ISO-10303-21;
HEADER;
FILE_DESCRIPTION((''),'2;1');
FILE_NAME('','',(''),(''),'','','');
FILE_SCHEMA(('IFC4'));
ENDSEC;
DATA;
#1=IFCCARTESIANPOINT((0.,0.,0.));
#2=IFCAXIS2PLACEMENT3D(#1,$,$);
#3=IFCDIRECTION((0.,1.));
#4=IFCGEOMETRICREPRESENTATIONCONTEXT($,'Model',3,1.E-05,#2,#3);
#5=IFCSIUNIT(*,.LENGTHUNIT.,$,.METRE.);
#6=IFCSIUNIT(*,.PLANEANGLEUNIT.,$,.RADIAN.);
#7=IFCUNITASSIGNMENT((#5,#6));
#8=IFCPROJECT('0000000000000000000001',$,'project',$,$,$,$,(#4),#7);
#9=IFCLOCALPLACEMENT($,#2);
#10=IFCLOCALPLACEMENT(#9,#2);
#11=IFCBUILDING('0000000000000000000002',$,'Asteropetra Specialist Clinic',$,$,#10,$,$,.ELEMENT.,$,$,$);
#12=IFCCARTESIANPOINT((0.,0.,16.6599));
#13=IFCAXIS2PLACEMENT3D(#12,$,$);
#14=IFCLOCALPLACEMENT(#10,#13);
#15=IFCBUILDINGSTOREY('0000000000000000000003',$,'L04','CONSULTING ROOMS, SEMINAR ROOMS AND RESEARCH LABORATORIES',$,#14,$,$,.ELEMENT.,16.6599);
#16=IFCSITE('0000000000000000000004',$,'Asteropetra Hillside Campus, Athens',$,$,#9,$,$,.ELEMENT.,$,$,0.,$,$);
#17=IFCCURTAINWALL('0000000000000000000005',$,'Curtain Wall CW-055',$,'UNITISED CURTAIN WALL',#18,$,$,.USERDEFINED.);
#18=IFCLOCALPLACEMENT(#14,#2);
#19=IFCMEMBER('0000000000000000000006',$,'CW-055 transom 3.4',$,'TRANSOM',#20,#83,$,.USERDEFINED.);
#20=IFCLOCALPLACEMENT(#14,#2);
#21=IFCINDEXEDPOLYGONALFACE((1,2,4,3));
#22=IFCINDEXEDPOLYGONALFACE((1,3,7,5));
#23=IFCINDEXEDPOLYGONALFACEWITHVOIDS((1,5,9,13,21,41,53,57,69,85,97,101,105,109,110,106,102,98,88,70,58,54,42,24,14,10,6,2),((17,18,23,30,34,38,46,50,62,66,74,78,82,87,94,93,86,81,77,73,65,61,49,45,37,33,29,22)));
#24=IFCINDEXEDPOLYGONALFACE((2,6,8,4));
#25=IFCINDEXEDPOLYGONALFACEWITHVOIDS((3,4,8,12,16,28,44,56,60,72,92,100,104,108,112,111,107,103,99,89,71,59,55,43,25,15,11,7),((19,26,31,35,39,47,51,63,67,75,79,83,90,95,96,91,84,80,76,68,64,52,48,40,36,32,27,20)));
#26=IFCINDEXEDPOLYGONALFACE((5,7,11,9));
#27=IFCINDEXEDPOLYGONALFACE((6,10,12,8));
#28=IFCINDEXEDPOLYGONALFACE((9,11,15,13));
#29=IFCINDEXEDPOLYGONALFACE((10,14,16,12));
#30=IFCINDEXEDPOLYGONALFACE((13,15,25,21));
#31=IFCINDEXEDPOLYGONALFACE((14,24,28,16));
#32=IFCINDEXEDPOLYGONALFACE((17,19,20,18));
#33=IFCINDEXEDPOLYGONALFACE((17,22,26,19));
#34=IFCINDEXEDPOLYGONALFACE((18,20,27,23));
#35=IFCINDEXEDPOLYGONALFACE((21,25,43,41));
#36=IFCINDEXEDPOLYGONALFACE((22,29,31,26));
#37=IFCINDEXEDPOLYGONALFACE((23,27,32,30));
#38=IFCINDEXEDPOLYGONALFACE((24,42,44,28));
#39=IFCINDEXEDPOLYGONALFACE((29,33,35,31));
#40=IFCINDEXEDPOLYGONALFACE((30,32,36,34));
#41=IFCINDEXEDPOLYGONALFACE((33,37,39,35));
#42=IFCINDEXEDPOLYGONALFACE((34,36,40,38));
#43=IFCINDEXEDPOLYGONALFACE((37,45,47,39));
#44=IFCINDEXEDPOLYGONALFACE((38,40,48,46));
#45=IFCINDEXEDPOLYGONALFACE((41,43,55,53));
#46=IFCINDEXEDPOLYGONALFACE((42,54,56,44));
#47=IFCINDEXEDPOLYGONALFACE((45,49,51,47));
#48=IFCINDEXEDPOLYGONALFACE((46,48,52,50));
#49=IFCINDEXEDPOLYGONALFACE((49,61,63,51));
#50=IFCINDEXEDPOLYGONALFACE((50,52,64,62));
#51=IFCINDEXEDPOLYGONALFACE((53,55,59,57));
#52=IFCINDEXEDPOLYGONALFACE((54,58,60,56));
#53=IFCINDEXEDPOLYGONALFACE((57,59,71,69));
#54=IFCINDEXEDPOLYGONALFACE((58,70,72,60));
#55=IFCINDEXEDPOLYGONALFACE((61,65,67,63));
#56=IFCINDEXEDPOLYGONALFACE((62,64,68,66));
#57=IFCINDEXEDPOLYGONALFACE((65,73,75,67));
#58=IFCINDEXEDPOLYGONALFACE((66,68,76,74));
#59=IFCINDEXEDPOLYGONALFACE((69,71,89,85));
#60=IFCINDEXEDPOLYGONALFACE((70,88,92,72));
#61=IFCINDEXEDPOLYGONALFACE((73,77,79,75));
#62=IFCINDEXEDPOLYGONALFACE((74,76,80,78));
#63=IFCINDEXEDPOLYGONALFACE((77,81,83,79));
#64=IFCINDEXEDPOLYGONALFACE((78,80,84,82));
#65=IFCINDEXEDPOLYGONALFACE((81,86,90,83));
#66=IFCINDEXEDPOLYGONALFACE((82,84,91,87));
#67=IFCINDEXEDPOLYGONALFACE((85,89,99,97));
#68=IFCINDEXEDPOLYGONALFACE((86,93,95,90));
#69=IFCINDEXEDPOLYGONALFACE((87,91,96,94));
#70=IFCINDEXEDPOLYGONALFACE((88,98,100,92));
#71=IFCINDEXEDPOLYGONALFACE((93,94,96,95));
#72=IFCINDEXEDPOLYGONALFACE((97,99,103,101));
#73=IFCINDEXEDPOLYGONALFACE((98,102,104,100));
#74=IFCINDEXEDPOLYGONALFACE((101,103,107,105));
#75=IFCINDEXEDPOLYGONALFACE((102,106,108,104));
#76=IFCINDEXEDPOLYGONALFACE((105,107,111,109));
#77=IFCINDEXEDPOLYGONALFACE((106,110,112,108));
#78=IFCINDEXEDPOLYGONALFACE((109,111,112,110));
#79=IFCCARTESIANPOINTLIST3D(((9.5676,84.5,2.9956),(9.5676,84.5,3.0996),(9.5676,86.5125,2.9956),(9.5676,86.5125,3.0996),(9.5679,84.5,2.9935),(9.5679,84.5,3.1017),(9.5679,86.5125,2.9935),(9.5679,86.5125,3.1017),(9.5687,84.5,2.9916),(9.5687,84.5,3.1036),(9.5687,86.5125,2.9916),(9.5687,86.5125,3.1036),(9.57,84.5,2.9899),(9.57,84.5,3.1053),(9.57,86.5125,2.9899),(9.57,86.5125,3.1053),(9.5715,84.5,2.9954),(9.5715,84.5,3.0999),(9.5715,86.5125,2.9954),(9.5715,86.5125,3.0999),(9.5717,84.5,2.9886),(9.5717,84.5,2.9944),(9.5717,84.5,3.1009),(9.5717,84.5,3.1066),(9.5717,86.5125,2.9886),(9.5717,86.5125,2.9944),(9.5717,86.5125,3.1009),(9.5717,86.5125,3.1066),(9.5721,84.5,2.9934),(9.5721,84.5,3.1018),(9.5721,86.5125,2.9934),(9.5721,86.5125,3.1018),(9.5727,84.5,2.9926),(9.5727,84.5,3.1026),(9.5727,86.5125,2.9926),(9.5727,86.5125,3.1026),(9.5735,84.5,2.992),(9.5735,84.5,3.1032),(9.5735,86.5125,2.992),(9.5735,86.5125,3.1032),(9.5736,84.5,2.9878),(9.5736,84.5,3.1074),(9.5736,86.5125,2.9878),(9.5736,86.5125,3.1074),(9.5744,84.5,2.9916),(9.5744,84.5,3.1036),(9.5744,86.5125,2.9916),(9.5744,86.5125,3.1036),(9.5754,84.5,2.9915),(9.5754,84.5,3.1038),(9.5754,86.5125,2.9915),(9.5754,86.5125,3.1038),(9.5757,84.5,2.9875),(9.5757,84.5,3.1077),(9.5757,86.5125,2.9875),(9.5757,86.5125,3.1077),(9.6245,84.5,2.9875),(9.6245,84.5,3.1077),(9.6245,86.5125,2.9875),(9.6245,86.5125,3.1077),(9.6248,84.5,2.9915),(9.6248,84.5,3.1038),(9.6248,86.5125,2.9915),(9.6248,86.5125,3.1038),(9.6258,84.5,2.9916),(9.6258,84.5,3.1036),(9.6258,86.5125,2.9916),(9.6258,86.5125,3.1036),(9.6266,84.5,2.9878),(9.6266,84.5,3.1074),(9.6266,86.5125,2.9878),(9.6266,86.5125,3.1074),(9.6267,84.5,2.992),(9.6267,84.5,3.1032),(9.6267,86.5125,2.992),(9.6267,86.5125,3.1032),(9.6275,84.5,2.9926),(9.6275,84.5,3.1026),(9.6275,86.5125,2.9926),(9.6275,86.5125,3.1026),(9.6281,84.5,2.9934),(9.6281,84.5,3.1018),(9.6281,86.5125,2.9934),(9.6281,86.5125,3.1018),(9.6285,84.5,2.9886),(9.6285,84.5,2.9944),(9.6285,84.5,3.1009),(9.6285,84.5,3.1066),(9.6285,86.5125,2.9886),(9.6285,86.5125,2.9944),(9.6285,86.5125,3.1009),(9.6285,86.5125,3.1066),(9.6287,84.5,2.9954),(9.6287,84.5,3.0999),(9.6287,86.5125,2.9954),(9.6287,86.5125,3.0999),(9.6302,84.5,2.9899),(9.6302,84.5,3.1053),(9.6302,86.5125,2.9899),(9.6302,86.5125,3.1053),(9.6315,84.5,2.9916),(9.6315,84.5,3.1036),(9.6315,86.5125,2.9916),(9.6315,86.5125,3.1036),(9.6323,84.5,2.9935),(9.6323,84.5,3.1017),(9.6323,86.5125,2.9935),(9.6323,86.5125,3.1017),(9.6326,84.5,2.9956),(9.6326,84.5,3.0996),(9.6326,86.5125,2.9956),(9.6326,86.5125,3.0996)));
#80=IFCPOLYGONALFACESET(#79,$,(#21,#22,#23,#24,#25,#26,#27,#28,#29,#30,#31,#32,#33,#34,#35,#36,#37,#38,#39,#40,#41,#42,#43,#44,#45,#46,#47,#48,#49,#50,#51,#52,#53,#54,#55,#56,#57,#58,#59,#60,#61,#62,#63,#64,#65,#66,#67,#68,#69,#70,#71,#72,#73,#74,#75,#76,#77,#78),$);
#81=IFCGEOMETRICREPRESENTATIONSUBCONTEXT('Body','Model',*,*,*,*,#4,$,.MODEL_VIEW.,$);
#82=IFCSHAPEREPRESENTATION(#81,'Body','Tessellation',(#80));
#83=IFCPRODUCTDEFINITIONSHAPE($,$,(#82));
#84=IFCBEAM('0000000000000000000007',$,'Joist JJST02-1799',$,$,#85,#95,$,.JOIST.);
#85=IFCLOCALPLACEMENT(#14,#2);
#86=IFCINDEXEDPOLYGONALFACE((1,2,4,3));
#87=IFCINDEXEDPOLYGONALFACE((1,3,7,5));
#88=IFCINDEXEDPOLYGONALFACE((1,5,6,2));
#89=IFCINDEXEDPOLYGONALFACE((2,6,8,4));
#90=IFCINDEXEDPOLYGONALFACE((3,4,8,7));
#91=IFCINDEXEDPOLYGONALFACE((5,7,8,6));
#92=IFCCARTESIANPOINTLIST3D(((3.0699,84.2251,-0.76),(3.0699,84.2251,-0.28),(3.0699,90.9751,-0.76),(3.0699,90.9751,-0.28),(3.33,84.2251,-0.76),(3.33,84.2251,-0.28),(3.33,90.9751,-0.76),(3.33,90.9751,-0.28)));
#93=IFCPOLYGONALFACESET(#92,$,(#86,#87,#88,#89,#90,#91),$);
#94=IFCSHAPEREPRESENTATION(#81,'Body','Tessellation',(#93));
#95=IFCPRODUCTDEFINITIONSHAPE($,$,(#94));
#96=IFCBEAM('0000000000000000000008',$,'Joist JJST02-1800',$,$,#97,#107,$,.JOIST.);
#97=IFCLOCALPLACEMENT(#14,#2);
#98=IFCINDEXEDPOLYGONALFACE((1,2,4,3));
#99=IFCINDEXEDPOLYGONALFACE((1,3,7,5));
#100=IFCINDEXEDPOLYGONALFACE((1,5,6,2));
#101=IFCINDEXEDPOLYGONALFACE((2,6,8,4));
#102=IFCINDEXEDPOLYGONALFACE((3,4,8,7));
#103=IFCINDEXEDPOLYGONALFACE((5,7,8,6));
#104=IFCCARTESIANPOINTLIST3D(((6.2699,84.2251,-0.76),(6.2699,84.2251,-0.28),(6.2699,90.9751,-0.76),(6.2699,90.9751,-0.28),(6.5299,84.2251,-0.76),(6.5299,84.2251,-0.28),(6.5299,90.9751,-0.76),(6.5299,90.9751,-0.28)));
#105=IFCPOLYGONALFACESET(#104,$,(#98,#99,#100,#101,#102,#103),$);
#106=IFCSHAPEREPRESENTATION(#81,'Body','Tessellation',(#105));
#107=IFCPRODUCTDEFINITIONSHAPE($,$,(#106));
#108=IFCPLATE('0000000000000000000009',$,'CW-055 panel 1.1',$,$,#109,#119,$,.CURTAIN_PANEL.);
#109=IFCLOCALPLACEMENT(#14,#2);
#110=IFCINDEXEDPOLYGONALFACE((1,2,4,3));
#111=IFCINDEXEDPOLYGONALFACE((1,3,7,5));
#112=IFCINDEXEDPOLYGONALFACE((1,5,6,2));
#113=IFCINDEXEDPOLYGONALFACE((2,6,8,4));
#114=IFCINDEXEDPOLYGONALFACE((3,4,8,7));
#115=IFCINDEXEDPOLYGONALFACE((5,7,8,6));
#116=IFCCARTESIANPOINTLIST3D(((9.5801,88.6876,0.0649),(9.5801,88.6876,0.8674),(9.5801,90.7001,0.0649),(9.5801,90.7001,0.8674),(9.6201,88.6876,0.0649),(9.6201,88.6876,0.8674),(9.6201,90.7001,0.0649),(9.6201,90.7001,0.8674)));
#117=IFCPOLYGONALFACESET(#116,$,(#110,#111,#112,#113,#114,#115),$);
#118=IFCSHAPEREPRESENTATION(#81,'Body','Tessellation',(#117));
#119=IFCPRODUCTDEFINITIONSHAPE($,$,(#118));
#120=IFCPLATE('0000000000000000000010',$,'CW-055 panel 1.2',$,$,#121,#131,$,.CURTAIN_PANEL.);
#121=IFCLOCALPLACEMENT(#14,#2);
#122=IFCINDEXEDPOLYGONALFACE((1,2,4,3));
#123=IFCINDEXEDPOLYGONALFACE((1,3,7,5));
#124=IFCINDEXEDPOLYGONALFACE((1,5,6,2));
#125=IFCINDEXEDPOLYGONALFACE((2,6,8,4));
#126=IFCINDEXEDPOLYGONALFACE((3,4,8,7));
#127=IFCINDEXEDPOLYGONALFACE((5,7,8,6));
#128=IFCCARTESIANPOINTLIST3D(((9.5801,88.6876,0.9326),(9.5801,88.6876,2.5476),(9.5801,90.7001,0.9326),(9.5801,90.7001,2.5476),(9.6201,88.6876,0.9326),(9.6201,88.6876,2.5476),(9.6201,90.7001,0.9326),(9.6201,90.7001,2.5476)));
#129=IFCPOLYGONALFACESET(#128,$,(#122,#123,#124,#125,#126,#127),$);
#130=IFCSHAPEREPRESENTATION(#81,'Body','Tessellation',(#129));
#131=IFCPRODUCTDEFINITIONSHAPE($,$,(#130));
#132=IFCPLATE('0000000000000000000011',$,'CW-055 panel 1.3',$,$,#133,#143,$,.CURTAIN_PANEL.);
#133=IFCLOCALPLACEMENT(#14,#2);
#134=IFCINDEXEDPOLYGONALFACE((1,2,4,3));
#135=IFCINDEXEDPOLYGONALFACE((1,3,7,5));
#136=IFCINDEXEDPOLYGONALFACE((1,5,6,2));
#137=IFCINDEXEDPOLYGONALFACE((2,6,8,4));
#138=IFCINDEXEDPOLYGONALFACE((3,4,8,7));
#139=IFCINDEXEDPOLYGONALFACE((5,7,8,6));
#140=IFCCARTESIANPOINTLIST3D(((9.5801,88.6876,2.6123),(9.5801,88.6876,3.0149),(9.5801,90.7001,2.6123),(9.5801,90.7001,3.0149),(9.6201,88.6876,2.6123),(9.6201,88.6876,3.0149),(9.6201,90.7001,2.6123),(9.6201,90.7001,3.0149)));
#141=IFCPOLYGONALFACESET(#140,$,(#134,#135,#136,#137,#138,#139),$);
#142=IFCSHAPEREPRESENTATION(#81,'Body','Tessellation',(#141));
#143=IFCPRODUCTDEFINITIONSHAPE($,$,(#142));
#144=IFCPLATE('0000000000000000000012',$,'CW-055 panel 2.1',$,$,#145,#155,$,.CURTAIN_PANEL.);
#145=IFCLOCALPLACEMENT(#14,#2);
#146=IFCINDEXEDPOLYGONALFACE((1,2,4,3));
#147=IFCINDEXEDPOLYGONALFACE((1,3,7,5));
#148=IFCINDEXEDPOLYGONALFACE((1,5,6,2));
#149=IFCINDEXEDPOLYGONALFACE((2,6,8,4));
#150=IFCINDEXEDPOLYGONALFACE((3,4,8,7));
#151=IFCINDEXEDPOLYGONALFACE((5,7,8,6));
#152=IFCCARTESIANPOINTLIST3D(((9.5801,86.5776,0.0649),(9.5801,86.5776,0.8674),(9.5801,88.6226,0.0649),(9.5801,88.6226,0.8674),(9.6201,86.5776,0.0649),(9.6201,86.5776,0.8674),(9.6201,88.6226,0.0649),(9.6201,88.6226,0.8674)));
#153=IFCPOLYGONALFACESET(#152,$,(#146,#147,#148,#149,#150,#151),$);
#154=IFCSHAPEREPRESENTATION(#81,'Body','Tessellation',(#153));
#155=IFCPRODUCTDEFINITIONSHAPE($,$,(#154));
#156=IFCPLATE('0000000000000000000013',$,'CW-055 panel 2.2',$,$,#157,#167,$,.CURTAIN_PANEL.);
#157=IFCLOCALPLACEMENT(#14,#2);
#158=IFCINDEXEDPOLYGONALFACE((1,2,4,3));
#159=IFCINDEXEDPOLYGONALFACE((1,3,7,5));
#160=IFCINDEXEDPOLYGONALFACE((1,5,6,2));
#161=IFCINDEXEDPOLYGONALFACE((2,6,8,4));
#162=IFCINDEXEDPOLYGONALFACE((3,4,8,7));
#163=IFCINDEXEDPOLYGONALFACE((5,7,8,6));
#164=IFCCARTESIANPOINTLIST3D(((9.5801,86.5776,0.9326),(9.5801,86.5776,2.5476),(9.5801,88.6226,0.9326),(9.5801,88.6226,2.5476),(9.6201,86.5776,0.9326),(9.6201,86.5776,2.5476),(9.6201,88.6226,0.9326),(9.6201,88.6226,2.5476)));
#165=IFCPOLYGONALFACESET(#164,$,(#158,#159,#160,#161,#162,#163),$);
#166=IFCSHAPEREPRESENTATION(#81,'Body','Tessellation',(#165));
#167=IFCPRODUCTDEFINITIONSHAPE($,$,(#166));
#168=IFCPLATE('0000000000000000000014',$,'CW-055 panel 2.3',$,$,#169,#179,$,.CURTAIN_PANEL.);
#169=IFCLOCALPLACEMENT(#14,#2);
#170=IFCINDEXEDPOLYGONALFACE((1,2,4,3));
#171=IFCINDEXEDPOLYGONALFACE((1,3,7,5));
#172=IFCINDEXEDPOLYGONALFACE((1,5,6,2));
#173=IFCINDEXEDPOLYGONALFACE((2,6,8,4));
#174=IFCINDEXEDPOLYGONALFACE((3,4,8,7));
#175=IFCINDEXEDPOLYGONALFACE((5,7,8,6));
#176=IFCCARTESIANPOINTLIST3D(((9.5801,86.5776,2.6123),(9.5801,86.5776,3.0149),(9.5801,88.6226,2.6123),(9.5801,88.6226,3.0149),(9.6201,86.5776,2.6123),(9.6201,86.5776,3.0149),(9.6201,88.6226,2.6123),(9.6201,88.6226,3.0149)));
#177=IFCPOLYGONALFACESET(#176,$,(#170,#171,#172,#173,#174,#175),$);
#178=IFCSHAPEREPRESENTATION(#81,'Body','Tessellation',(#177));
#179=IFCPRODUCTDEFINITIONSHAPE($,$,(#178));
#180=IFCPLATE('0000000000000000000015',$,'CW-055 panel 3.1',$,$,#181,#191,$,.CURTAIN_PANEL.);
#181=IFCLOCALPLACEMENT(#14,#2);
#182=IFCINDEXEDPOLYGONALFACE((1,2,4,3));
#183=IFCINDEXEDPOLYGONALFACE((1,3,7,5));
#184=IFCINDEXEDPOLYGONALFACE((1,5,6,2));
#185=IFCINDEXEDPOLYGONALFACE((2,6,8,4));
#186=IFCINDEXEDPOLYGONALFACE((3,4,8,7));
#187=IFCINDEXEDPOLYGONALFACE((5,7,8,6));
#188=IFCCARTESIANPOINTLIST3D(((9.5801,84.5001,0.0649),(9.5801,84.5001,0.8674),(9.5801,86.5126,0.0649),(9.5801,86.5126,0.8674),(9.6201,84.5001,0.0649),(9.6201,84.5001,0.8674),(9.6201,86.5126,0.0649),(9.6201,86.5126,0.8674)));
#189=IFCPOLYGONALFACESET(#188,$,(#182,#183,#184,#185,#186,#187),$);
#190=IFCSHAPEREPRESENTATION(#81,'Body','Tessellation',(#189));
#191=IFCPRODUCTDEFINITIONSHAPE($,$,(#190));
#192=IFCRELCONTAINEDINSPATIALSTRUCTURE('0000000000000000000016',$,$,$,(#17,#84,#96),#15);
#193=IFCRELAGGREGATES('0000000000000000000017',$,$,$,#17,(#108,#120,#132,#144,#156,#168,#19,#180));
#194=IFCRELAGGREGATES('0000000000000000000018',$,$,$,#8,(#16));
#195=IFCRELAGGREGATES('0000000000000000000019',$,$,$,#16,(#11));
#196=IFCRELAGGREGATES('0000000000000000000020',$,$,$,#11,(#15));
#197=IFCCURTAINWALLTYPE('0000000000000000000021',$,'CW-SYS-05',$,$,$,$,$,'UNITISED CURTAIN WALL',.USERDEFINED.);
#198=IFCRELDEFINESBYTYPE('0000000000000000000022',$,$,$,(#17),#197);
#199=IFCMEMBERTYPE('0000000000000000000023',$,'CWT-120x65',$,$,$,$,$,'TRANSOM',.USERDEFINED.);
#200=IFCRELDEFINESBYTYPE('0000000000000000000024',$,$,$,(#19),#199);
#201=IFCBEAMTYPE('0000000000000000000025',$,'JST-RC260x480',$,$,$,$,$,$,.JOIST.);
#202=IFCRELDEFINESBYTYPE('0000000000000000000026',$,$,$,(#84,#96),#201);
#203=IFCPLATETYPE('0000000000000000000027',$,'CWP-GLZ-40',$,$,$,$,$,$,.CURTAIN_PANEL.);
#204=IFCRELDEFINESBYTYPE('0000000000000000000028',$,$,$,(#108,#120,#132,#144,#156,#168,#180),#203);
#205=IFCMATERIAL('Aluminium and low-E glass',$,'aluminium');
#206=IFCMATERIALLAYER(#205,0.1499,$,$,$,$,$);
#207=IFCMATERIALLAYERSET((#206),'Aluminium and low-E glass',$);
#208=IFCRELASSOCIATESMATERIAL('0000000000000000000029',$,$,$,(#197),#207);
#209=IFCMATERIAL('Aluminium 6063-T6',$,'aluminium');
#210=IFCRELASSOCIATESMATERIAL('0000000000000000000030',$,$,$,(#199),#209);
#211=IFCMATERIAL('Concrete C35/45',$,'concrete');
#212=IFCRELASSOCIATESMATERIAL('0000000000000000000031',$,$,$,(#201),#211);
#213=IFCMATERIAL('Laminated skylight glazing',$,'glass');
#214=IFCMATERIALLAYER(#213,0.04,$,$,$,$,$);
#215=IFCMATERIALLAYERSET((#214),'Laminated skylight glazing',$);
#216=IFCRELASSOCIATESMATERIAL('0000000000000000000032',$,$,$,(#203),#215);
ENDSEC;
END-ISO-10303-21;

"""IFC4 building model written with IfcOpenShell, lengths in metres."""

from ifc_helpers import new_model, si_unit, direction, frame, origin, origin_2d, place, context, subcontext, project, spatial, rectangle, hollow_rectangle, extrude, material, layer, layer_set, material_profile, profile_set, type_object, element, aggregate, save


model = new_model("IFC4")

# Units and contexts
model_context = context("Model", 3, precision=1e-05, world=origin(), true_north=direction((0.0, 1.0)))
body_context = subcontext(model_context, "Body", "Model", "MODEL_VIEW")
ifc_project = project(units=[si_unit("LENGTHUNIT", "METRE"), si_unit("PLANEANGLEUNIT", "RADIAN")], contexts=[model_context])

# Site, building, storey
site_placement = place(None, origin())
site = spatial("IfcSite", under=ifc_project, at=site_placement, Name="Asteropetra Hillside Campus, Athens", CompositionType="ELEMENT", RefElevation=0.0)
building_placement = place(site_placement, origin())
building = spatial("IfcBuilding", under=site, at=building_placement, Name="Asteropetra Specialist Clinic", CompositionType="ELEMENT")
storey_placement = place(building_placement, frame((0.0, 0.0, 16.6599)))
storey = spatial("IfcBuildingStorey", under=building, at=storey_placement, Name="L04", Description="CONSULTING ROOMS, SEMINAR ROOMS AND RESEARCH LABORATORIES", CompositionType="ELEMENT", Elevation=16.6599)

# Curtain wall
ifc_material_1 = material(Name="Aluminium and low-E glass", Category="aluminium")
ifc_layer_1 = layer(ifc_material_1, 0.1499)
ifc_layer_set_1 = layer_set([ifc_layer_1], Name="Aluminium and low-E glass")
curtain_wall_type_1 = type_object("IfcCurtainWallType", Name="CW-SYS-05", ElementType="UNITISED CURTAIN WALL", PredefinedType="USERDEFINED", material=ifc_layer_set_1)
curtain_wall_1_placement = place(storey_placement, origin())
curtain_wall_1 = element("IfcCurtainWall", 1, at=curtain_wall_1_placement, inside=storey, type_object=curtain_wall_type_1, Name="Curtain Wall CW-055", ObjectType="UNITISED CURTAIN WALL", PredefinedType="USERDEFINED")

# Member
ifc_material_2 = material(Name="Aluminium 6063-T6", Category="aluminium")
ifc_material_profile_1 = material_profile(ifc_material_2, hollow_rectangle(XDim=0.0649, YDim=0.1201, WallThickness=0.0039, InnerFilletRadius=0.0039, OuterFilletRadius=0.0081, at=origin_2d()), Name="TRN 120x65x4.0")
ifc_profile_set_1 = profile_set([ifc_material_profile_1], Name="Aluminium 6063-T6")
member_type_1 = type_object("IfcMemberType", Name="CWT-120x65", ElementType="TRANSOM", PredefinedType="USERDEFINED", material=ifc_profile_set_1)
member_1_placement = place(storey_placement, frame((9.6001, 86.5125, 3.0476), z_axis=(0.0, -1.0, 0.0), x_axis=(1.0, 0.0, 0.0)))
member_1 = element("IfcMember", 2, at=member_1_placement, type_object=member_type_1, Name="CW-055 transom 3.4", ObjectType="TRANSOM", PredefinedType="USERDEFINED", context=body_context, shape_type="SweptSolid", body=[
    extrude(hollow_rectangle(XDim=0.0649, YDim=0.1201, WallThickness=0.0039, InnerFilletRadius=0.0039, OuterFilletRadius=0.0081, at=origin_2d()), origin(), (0.0, 0.0, 1.0), 2.0125),
])

# Beams
ifc_material_3 = material(Name="Concrete C35/45", Category="concrete")
ifc_material_profile_2 = material_profile(ifc_material_3, rectangle(XDim=0.26, YDim=0.48, at=origin_2d()), Name="RCJ 260x480")
ifc_profile_set_2 = profile_set([ifc_material_profile_2], Name="Concrete C35/45")
beam_type = type_object("IfcBeamType", Name="JST-RC260x480", PredefinedType="JOIST", material=ifc_profile_set_2)
for number, where, z_axis, x_axis, name in (
    (3, (3.2, 84.2251, -0.52), (0.0, 1.0, 0.0), (-1.0, 0.0, 0.0), "Joist JJST02-1799"),
    (4, (6.3999, 84.2251, -0.52), (0.0, 1.0, 0.0), (-1.0, 0.0, 0.0), "Joist JJST02-1800"),
):
    element("IfcBeam", number, at=place(storey_placement, frame(where, z_axis=z_axis, x_axis=x_axis)), inside=storey, type_object=beam_type, Name=name, PredefinedType="JOIST", context=body_context, shape_type="SweptSolid", body=[
        extrude(rectangle(XDim=0.26, YDim=0.48, at=origin_2d()), origin(), (0.0, 0.0, 1.0), 6.75),
    ])

# Plates
ifc_material_4 = material(Name="Laminated skylight glazing", Category="glass")
ifc_layer_2 = layer(ifc_material_4, 0.04)
ifc_layer_set_2 = layer_set([ifc_layer_2], Name="Laminated skylight glazing")
plate_type = type_object("IfcPlateType", Name="CWP-GLZ-40", PredefinedType="CURTAIN_PANEL", material=ifc_layer_set_2)
plate_1_placement = place(storey_placement, frame((9.6001, 89.6938, 0.0649), z_axis=(0.0, 0.0, 1.0), x_axis=(0.0, -1.0, 0.0)))
plate_1 = element("IfcPlate", 5, at=plate_1_placement, type_object=plate_type, Name="CW-055 panel 1.1", PredefinedType="CURTAIN_PANEL", context=body_context, shape_type="SweptSolid", body=[
    extrude(rectangle(XDim=2.0125, YDim=0.04, at=origin_2d()), origin(), (0.0, 0.0, 1.0), 0.8025),
])
plate_2_placement = place(storey_placement, frame((9.6001, 89.6938, 0.9326), z_axis=(0.0, 0.0, 1.0), x_axis=(0.0, -1.0, 0.0)))
plate_2 = element("IfcPlate", 6, at=plate_2_placement, type_object=plate_type, Name="CW-055 panel 1.2", PredefinedType="CURTAIN_PANEL", context=body_context, shape_type="SweptSolid", body=[
    extrude(rectangle(XDim=2.0125, YDim=0.04, at=origin_2d()), origin(), (0.0, 0.0, 1.0), 1.615),
])
plate_3_placement = place(storey_placement, frame((9.6001, 89.6938, 2.6123), z_axis=(0.0, 0.0, 1.0), x_axis=(0.0, -1.0, 0.0)))
plate_3 = element("IfcPlate", 7, at=plate_3_placement, type_object=plate_type, Name="CW-055 panel 1.3", PredefinedType="CURTAIN_PANEL", context=body_context, shape_type="SweptSolid", body=[
    extrude(rectangle(XDim=2.0125, YDim=0.04, at=origin_2d()), origin(), (0.0, 0.0, 1.0), 0.4026),
])
plate_4_placement = place(storey_placement, frame((9.6001, 87.6001, 0.0649), z_axis=(0.0, 0.0, 1.0), x_axis=(0.0, -1.0, 0.0)))
plate_4 = element("IfcPlate", 8, at=plate_4_placement, type_object=plate_type, Name="CW-055 panel 2.1", PredefinedType="CURTAIN_PANEL", context=body_context, shape_type="SweptSolid", body=[
    extrude(rectangle(XDim=2.0449, YDim=0.04, at=origin_2d()), origin(), (0.0, 0.0, 1.0), 0.8025),
])
plate_5_placement = place(storey_placement, frame((9.6001, 87.6001, 0.9326), z_axis=(0.0, 0.0, 1.0), x_axis=(0.0, -1.0, 0.0)))
plate_5 = element("IfcPlate", 9, at=plate_5_placement, type_object=plate_type, Name="CW-055 panel 2.2", PredefinedType="CURTAIN_PANEL", context=body_context, shape_type="SweptSolid", body=[
    extrude(rectangle(XDim=2.0449, YDim=0.04, at=origin_2d()), origin(), (0.0, 0.0, 1.0), 1.615),
])
plate_6_placement = place(storey_placement, frame((9.6001, 87.6001, 2.6123), z_axis=(0.0, 0.0, 1.0), x_axis=(0.0, -1.0, 0.0)))
plate_6 = element("IfcPlate", 10, at=plate_6_placement, type_object=plate_type, Name="CW-055 panel 2.3", PredefinedType="CURTAIN_PANEL", context=body_context, shape_type="SweptSolid", body=[
    extrude(rectangle(XDim=2.0449, YDim=0.04, at=origin_2d()), origin(), (0.0, 0.0, 1.0), 0.4026),
])
plate_7_placement = place(storey_placement, frame((9.6001, 85.5063, 0.0649), z_axis=(0.0, 0.0, 1.0), x_axis=(0.0, -1.0, 0.0)))
plate_7 = element("IfcPlate", 11, at=plate_7_placement, type_object=plate_type, Name="CW-055 panel 3.1", PredefinedType="CURTAIN_PANEL", context=body_context, shape_type="SweptSolid", body=[
    extrude(rectangle(XDim=2.0125, YDim=0.04, at=origin_2d()), origin(), (0.0, 0.0, 1.0), 0.8025),
])
aggregate(curtain_wall_1, [plate_1, plate_2, plate_3, plate_4, plate_5, plate_6, member_1, plate_7])

save(model, "model.ifc")
